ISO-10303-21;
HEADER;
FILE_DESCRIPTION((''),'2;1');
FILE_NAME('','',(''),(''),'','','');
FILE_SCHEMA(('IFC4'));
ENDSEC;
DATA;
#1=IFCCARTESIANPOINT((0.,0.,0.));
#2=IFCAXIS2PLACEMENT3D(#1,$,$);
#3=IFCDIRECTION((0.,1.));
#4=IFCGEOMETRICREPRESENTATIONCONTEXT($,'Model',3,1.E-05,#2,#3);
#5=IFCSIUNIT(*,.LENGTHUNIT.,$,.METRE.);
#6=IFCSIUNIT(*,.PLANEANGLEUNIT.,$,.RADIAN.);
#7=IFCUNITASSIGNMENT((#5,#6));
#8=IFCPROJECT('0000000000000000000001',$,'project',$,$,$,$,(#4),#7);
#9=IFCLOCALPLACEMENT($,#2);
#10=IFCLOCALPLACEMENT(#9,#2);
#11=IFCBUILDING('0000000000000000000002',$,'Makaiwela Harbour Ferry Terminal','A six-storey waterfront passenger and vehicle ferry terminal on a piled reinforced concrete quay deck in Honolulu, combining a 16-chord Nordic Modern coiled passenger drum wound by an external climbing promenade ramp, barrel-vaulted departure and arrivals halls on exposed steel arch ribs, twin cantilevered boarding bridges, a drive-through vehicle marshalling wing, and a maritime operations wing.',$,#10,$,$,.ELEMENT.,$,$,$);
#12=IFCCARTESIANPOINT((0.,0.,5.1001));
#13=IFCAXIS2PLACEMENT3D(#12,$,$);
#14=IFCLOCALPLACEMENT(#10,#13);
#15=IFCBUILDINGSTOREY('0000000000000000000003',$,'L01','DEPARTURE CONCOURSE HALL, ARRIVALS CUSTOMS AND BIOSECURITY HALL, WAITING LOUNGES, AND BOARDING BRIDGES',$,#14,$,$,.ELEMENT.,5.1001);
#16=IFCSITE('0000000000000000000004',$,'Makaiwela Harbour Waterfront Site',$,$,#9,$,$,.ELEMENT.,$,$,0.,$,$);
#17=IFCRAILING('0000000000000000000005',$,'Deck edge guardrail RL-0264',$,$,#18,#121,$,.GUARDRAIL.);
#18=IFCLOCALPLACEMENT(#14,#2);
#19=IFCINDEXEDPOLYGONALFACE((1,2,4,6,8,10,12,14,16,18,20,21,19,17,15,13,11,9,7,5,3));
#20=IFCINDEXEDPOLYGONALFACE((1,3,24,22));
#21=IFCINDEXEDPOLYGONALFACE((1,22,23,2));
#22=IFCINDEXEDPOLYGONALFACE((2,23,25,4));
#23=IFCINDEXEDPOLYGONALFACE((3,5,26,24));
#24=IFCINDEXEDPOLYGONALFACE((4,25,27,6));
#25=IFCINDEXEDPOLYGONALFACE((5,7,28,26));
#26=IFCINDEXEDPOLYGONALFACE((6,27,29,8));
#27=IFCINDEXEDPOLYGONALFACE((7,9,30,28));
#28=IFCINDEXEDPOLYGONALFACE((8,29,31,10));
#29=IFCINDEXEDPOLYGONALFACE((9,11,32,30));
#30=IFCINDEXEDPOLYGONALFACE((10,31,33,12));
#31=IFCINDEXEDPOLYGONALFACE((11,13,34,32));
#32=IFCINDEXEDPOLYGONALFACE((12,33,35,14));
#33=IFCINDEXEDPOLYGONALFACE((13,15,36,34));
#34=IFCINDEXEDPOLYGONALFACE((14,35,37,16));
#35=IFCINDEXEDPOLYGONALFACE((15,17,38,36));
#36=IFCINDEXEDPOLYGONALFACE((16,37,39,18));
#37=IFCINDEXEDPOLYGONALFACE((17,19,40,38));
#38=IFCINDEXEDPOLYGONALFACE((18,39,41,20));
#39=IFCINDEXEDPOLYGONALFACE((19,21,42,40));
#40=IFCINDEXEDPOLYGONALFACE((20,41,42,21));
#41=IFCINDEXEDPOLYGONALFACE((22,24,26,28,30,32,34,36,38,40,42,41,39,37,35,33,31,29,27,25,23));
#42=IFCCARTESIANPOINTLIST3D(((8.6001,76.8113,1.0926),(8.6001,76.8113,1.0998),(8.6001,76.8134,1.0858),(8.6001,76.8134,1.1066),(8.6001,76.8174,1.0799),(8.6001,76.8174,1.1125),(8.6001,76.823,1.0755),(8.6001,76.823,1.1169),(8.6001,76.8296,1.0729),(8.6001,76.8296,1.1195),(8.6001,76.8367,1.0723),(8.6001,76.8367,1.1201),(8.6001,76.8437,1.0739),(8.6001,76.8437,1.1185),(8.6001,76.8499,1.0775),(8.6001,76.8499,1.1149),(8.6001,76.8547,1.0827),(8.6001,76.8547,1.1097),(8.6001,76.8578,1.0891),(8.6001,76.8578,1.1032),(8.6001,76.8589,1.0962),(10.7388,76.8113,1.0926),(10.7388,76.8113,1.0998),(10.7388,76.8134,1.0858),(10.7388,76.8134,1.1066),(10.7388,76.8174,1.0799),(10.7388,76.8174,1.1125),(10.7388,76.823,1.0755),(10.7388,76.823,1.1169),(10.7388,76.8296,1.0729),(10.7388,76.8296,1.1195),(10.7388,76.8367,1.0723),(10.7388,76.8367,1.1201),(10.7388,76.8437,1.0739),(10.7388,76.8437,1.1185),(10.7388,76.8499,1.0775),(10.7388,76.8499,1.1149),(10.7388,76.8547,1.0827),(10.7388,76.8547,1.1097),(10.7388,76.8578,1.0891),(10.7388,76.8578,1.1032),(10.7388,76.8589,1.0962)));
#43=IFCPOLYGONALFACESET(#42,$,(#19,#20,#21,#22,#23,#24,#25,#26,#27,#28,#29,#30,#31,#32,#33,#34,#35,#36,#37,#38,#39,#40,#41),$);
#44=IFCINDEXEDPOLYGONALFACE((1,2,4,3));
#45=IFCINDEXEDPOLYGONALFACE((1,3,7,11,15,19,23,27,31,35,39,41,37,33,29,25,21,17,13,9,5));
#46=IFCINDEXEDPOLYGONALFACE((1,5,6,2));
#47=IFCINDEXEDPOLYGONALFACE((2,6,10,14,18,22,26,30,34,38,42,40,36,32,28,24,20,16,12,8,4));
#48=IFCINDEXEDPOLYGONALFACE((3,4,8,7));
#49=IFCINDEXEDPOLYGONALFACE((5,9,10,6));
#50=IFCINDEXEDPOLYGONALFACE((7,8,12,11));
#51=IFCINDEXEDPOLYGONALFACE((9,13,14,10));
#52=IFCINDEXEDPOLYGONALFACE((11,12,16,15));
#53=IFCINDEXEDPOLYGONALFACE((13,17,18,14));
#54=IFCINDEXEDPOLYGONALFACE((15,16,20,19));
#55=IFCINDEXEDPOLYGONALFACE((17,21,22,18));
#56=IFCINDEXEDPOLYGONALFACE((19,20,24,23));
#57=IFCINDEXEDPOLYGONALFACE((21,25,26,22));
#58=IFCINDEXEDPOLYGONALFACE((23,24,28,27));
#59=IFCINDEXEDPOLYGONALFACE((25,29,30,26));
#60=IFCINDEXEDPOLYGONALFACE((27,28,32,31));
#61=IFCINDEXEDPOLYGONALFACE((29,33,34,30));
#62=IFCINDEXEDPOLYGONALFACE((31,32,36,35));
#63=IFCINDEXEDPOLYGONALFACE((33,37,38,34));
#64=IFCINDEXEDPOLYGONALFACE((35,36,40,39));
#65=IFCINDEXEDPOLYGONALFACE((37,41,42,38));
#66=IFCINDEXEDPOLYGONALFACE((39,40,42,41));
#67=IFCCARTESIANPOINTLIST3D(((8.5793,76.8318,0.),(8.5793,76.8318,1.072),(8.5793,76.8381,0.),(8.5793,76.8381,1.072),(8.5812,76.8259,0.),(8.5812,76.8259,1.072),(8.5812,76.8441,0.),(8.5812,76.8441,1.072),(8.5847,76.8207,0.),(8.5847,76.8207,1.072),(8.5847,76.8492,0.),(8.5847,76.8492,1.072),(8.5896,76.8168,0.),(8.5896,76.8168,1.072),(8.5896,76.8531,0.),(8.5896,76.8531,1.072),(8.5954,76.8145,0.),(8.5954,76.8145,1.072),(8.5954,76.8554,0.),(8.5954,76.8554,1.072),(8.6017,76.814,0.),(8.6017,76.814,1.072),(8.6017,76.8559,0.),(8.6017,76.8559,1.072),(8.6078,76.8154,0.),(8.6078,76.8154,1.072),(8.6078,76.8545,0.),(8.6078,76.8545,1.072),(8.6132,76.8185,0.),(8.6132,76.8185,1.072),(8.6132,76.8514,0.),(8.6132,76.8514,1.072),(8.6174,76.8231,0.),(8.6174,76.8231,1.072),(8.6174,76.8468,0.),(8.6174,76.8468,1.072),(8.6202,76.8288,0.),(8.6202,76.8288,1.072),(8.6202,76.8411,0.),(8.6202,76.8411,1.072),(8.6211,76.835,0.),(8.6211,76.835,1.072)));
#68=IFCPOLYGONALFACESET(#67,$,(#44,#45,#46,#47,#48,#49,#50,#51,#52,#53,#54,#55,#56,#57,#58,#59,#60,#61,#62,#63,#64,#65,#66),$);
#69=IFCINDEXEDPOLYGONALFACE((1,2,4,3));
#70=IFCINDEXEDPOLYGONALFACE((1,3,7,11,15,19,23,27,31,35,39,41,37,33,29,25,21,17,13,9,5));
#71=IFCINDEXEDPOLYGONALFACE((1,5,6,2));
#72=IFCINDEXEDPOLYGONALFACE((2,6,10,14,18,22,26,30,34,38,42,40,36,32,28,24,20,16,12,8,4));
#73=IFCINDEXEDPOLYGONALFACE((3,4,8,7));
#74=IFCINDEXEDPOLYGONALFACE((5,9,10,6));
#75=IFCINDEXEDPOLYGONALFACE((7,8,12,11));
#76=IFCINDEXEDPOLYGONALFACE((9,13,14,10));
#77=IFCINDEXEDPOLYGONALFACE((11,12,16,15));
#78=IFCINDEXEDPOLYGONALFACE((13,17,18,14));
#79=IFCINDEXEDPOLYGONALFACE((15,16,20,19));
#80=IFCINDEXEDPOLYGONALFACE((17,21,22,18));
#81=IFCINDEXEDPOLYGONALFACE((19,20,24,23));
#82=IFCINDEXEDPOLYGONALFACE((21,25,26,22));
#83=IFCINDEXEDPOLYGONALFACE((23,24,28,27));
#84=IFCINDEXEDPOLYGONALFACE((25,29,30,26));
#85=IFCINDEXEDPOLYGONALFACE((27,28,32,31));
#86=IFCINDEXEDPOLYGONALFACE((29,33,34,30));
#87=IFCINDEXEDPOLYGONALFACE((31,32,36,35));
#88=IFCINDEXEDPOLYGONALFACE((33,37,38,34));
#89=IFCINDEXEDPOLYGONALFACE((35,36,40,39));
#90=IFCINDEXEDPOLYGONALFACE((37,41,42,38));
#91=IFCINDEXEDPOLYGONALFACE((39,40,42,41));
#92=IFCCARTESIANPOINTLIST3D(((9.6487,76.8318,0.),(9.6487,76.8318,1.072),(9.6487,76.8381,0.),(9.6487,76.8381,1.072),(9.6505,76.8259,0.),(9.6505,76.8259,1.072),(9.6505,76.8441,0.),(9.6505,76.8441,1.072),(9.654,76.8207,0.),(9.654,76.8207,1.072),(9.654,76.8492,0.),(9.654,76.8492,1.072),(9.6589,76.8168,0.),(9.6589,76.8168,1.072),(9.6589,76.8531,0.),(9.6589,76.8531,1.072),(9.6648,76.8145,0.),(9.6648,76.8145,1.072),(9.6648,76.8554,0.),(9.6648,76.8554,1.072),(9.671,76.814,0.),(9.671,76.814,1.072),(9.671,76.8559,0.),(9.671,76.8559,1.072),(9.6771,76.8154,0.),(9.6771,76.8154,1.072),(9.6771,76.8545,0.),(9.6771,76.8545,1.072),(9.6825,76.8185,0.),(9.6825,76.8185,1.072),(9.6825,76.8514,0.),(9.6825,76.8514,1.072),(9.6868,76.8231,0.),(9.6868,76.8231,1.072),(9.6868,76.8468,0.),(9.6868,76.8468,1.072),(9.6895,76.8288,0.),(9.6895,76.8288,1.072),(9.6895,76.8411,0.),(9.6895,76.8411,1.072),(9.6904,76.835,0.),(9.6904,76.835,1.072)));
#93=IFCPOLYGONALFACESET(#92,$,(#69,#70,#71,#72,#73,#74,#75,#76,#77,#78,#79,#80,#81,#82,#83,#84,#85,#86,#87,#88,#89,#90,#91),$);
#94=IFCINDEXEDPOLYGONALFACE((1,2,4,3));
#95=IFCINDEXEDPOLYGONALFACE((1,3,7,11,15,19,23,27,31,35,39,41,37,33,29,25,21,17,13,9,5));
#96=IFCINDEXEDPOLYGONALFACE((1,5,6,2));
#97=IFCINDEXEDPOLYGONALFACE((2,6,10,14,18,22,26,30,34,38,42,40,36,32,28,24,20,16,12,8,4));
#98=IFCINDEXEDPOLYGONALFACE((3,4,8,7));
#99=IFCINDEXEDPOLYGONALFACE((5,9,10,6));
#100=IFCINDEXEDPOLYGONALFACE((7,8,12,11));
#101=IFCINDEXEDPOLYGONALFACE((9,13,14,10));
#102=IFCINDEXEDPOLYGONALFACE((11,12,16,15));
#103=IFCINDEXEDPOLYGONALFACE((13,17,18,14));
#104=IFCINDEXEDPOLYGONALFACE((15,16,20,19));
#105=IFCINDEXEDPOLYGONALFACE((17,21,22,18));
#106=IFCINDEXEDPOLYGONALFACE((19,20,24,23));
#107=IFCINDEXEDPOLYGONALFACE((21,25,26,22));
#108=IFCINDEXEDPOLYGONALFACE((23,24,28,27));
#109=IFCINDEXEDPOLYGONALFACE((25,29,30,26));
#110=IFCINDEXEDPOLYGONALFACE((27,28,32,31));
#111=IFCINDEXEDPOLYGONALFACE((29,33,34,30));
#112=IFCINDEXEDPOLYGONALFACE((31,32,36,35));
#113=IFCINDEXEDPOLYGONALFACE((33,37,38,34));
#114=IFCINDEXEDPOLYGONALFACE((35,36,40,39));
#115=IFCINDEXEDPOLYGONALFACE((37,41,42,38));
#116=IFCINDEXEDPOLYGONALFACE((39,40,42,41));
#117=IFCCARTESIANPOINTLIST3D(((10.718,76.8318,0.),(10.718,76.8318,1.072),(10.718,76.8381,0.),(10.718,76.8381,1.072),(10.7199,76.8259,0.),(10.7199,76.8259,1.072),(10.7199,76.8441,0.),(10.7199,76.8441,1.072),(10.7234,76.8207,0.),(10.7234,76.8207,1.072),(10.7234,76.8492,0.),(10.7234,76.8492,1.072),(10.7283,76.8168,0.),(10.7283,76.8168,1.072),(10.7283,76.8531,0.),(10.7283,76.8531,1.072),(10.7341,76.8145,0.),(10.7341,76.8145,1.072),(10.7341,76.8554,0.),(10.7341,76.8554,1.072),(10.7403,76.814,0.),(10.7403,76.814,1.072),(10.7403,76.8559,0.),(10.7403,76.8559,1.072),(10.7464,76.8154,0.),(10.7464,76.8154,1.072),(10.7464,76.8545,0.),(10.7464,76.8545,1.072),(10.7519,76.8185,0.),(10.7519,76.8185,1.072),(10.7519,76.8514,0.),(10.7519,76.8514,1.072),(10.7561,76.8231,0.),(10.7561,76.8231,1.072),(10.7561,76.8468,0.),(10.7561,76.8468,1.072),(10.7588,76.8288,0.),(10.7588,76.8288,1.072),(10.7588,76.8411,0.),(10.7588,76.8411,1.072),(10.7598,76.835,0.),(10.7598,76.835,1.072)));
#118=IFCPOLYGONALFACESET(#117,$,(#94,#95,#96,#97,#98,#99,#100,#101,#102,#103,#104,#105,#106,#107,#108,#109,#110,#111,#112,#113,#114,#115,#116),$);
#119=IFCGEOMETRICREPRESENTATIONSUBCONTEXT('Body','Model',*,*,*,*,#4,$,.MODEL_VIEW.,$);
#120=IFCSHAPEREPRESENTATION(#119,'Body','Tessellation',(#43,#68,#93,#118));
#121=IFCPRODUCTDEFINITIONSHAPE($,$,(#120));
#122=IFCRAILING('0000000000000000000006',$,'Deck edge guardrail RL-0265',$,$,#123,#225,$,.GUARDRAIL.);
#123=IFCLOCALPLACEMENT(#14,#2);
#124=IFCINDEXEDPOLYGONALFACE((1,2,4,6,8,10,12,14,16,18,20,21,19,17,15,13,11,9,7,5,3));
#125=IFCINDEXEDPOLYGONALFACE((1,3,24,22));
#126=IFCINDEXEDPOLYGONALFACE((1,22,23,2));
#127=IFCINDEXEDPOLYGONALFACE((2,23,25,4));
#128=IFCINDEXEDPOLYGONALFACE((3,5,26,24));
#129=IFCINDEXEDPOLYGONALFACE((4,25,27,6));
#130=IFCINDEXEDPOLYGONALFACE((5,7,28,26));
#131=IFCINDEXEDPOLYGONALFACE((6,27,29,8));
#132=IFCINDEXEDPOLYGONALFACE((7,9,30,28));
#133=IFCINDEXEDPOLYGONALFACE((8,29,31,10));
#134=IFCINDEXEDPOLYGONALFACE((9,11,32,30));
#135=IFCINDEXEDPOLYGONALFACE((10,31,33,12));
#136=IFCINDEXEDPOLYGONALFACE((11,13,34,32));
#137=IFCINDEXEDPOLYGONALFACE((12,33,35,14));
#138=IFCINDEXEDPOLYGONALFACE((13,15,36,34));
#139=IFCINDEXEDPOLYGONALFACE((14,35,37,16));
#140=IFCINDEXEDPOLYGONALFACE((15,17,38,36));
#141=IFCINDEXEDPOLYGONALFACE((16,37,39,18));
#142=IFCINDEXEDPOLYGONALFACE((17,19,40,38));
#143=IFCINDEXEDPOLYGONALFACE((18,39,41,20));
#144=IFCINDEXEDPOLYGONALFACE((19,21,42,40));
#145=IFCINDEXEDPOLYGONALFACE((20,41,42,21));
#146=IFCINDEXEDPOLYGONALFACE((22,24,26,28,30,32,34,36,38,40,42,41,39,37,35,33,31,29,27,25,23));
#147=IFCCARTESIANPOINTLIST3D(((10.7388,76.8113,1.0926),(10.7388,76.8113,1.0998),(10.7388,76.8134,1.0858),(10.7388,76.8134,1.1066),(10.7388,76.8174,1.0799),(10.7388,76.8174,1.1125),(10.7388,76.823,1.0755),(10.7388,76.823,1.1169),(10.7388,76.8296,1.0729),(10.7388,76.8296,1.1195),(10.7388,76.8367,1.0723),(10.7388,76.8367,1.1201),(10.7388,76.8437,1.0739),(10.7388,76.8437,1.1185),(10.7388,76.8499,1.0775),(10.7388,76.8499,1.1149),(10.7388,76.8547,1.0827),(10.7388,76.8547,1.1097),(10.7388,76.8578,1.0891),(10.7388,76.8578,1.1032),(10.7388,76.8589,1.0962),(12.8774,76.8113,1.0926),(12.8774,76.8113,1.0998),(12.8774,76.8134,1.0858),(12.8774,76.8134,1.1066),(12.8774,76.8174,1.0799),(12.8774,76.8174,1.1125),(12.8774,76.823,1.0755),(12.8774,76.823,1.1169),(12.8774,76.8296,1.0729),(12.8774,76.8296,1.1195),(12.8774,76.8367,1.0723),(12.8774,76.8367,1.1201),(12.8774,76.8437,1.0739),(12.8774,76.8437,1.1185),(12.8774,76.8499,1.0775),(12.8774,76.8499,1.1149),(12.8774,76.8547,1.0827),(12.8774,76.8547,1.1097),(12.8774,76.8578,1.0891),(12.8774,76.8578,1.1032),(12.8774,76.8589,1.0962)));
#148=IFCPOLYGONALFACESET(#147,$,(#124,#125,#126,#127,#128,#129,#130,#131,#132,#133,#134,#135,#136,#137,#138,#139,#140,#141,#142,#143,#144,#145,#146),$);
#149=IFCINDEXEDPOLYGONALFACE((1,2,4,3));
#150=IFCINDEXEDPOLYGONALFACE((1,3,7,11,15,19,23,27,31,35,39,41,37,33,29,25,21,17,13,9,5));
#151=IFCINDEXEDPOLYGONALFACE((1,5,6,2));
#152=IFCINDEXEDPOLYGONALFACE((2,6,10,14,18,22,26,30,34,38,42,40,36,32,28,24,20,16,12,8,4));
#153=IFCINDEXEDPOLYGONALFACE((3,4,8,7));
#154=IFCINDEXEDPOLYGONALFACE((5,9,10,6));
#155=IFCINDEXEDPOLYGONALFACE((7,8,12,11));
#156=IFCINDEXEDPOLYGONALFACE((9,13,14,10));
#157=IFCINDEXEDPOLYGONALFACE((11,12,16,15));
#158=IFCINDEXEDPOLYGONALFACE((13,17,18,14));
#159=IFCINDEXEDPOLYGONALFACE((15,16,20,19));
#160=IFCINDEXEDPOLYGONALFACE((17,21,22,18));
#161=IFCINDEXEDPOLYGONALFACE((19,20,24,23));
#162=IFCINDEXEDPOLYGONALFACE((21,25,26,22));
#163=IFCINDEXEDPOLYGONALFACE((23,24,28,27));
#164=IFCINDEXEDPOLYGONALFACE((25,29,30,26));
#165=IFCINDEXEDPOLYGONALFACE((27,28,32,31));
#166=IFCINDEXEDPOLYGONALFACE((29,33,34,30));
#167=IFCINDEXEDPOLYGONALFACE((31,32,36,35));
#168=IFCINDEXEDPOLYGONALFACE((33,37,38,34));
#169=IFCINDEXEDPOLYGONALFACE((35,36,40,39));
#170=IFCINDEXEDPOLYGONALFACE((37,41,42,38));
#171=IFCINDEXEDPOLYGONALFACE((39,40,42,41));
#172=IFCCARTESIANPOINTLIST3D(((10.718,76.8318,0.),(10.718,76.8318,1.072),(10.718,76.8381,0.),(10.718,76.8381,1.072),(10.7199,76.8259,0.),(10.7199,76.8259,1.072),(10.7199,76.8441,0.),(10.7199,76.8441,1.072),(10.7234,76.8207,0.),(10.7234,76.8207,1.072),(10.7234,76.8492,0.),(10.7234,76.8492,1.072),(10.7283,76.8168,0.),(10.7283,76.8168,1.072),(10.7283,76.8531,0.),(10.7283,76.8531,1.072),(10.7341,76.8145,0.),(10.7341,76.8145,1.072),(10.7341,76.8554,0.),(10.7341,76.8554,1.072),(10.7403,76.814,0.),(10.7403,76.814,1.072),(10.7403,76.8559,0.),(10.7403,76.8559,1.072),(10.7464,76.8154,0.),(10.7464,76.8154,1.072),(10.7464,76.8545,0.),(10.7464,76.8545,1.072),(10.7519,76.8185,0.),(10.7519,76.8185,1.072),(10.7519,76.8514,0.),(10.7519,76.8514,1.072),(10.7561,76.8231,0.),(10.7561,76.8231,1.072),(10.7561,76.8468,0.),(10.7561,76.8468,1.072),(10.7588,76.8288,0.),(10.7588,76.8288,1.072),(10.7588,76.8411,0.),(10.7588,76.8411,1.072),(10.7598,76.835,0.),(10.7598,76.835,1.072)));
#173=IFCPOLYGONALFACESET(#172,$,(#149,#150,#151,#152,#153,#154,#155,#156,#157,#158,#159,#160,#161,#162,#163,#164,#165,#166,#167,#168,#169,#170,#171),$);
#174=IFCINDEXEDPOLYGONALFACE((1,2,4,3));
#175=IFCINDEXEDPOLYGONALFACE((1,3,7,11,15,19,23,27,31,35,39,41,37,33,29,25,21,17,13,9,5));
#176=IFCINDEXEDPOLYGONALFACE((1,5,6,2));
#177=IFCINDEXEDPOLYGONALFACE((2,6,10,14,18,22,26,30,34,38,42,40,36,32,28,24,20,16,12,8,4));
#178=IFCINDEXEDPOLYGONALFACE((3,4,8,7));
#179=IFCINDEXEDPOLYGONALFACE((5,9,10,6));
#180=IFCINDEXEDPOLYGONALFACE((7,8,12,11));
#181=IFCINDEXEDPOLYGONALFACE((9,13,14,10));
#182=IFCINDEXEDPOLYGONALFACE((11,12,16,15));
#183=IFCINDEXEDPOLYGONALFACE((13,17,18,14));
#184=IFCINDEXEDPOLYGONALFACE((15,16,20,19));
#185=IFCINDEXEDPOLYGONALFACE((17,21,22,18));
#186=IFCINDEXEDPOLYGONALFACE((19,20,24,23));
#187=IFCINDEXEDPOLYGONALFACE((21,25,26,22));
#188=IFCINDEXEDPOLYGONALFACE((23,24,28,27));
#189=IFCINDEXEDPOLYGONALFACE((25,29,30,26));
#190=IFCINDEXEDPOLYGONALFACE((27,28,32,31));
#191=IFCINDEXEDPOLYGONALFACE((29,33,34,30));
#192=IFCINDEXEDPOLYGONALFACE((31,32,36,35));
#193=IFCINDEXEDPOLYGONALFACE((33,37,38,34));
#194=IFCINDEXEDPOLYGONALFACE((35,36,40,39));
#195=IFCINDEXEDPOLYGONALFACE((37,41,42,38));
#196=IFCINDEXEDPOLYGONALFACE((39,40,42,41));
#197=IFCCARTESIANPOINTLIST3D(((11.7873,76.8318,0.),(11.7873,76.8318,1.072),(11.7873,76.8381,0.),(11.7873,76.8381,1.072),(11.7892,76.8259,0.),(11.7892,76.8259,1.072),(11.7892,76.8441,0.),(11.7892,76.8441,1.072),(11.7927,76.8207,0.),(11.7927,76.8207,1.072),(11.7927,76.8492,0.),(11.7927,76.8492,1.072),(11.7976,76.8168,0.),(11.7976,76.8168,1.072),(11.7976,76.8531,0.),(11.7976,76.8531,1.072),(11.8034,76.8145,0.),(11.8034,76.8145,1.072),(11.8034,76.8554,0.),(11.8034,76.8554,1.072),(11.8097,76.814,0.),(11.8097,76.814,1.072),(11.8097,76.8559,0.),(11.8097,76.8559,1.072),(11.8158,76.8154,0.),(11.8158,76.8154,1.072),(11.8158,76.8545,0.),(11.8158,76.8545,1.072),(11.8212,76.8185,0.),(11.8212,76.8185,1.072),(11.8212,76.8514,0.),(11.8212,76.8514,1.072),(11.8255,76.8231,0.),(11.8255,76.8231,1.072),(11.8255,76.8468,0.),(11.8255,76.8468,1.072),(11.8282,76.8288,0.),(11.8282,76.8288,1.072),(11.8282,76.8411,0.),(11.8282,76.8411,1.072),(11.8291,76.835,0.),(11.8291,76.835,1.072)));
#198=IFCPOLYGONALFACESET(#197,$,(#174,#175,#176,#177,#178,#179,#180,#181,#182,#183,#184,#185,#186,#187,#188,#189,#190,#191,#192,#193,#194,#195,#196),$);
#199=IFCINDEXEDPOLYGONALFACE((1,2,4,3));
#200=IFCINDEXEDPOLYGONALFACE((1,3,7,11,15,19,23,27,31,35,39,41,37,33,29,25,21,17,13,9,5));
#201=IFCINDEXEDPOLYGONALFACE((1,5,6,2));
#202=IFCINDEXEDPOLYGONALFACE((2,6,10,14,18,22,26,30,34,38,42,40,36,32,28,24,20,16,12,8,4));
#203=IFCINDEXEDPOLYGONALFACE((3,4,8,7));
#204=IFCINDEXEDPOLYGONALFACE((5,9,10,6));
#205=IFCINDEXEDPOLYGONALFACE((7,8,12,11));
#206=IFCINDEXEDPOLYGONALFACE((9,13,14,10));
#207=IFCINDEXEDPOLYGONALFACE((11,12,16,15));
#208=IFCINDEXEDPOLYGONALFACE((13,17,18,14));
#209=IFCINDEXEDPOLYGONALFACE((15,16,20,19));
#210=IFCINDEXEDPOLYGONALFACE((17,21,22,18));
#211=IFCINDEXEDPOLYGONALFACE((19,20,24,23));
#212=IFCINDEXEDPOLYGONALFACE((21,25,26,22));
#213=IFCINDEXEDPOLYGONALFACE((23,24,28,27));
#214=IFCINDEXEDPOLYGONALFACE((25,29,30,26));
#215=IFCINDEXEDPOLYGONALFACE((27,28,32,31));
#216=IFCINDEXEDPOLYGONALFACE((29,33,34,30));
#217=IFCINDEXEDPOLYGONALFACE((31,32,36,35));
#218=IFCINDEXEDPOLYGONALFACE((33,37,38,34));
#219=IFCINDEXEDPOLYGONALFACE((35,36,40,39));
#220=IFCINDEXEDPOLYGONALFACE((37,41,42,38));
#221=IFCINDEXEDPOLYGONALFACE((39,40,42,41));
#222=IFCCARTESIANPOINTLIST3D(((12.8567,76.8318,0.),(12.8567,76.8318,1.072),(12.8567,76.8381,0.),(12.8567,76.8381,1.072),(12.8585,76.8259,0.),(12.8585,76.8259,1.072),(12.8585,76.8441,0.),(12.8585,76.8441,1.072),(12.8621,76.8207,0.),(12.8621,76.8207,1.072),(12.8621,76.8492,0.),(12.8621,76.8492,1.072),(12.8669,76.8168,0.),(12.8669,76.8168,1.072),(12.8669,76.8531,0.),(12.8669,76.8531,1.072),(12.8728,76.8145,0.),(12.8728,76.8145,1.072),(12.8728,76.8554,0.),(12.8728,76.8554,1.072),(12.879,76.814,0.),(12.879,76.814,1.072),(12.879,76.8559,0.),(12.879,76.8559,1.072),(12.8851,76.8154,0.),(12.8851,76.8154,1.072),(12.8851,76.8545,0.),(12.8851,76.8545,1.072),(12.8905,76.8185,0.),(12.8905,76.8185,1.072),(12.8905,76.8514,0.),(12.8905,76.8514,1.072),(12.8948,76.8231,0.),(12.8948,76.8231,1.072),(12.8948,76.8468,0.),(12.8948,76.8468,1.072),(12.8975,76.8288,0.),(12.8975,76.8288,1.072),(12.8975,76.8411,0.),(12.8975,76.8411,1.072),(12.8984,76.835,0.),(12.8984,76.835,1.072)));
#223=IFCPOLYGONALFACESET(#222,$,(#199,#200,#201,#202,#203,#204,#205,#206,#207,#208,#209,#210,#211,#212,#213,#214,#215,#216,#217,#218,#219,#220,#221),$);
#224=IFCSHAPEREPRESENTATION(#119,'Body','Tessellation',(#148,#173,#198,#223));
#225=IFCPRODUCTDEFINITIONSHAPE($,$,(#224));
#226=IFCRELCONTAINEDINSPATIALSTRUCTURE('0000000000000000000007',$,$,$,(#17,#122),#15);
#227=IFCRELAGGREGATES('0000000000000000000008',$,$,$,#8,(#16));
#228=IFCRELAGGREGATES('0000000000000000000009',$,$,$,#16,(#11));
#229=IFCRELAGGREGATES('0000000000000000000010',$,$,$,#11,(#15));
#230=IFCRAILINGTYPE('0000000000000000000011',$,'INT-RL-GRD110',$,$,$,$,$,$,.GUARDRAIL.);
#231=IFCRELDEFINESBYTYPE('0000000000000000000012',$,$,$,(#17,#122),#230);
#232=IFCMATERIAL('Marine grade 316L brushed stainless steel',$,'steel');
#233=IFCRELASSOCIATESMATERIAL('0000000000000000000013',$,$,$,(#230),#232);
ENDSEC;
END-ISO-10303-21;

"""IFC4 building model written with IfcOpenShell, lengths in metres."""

from ifc_helpers import new_model, si_unit, direction, frame, origin, origin_2d, place, context, subcontext, project, spatial, circle, extrude, material, type_object, element, save


model = new_model("IFC4")

# Units and contexts
model_context = context("Model", 3, precision=1e-05, world=origin(), true_north=direction((0.0, 1.0)))
body_context = subcontext(model_context, "Body", "Model", "MODEL_VIEW")
ifc_project = project(units=[si_unit("LENGTHUNIT", "METRE"), si_unit("PLANEANGLEUNIT", "RADIAN")], contexts=[model_context])

# Site, building, storey
site_placement = place(None, origin())
site = spatial("IfcSite", under=ifc_project, at=site_placement, Name="Makaiwela Harbour Waterfront Site", CompositionType="ELEMENT", RefElevation=0.0)
building_placement = place(site_placement, origin())
building = spatial("IfcBuilding", under=site, at=building_placement, Name="Makaiwela Harbour Ferry Terminal", Description="A six-storey waterfront passenger and vehicle ferry terminal on a piled reinforced concrete quay deck in Honolulu, combining a 16-chord Nordic Modern coiled passenger drum wound by an external climbing promenade ramp, barrel-vaulted departure and arrivals halls on exposed steel arch ribs, twin cantilevered boarding bridges, a drive-through vehicle marshalling wing, and a maritime operations wing.", CompositionType="ELEMENT")
storey_placement = place(building_placement, frame((0.0, 0.0, 5.1001)))
storey = spatial("IfcBuildingStorey", under=building, at=storey_placement, Name="L01", Description="DEPARTURE CONCOURSE HALL, ARRIVALS CUSTOMS AND BIOSECURITY HALL, WAITING LOUNGES, AND BOARDING BRIDGES", CompositionType="ELEMENT", Elevation=5.1001)

# Railings
ifc_material_1 = material(Name="Marine grade 316L brushed stainless steel", Category="steel")
railing_type_1 = type_object("IfcRailingType", Name="INT-RL-GRD110", PredefinedType="GUARDRAIL", material=ifc_material_1)
for number, where, name in (
    (1, (8.6001, 76.835, 0.0), "Deck edge guardrail RL-0264"),
    (2, (10.7388, 76.835, 0.0), "Deck edge guardrail RL-0265"),
):
    element("IfcRailing", number, at=place(storey_placement, frame(where)), inside=storey, type_object=railing_type_1, Name=name, PredefinedType="GUARDRAIL", context=body_context, shape_type="SweptSolid", body=[
        extrude(circle(Radius=0.0239, at=origin_2d()), frame((0.0, 0.0, 1.0962), z_axis=(1.0, 0.0, 0.0), x_axis=(0.0, 1.0, 0.0)), (0.0, 0.0, 1.0), 2.1387),
        extrude(circle(Radius=0.021, at=origin_2d()), origin(), (0.0, 0.0, 1.0), 1.072),
        extrude(circle(Radius=0.021, at=origin_2d()), frame((1.0693, 0.0, 0.0)), (0.0, 0.0, 1.0), 1.072),
        extrude(circle(Radius=0.021, at=origin_2d()), frame((2.1387, 0.0, 0.0)), (0.0, 0.0, 1.0), 1.072),
    ])

save(model, "model.ifc")
